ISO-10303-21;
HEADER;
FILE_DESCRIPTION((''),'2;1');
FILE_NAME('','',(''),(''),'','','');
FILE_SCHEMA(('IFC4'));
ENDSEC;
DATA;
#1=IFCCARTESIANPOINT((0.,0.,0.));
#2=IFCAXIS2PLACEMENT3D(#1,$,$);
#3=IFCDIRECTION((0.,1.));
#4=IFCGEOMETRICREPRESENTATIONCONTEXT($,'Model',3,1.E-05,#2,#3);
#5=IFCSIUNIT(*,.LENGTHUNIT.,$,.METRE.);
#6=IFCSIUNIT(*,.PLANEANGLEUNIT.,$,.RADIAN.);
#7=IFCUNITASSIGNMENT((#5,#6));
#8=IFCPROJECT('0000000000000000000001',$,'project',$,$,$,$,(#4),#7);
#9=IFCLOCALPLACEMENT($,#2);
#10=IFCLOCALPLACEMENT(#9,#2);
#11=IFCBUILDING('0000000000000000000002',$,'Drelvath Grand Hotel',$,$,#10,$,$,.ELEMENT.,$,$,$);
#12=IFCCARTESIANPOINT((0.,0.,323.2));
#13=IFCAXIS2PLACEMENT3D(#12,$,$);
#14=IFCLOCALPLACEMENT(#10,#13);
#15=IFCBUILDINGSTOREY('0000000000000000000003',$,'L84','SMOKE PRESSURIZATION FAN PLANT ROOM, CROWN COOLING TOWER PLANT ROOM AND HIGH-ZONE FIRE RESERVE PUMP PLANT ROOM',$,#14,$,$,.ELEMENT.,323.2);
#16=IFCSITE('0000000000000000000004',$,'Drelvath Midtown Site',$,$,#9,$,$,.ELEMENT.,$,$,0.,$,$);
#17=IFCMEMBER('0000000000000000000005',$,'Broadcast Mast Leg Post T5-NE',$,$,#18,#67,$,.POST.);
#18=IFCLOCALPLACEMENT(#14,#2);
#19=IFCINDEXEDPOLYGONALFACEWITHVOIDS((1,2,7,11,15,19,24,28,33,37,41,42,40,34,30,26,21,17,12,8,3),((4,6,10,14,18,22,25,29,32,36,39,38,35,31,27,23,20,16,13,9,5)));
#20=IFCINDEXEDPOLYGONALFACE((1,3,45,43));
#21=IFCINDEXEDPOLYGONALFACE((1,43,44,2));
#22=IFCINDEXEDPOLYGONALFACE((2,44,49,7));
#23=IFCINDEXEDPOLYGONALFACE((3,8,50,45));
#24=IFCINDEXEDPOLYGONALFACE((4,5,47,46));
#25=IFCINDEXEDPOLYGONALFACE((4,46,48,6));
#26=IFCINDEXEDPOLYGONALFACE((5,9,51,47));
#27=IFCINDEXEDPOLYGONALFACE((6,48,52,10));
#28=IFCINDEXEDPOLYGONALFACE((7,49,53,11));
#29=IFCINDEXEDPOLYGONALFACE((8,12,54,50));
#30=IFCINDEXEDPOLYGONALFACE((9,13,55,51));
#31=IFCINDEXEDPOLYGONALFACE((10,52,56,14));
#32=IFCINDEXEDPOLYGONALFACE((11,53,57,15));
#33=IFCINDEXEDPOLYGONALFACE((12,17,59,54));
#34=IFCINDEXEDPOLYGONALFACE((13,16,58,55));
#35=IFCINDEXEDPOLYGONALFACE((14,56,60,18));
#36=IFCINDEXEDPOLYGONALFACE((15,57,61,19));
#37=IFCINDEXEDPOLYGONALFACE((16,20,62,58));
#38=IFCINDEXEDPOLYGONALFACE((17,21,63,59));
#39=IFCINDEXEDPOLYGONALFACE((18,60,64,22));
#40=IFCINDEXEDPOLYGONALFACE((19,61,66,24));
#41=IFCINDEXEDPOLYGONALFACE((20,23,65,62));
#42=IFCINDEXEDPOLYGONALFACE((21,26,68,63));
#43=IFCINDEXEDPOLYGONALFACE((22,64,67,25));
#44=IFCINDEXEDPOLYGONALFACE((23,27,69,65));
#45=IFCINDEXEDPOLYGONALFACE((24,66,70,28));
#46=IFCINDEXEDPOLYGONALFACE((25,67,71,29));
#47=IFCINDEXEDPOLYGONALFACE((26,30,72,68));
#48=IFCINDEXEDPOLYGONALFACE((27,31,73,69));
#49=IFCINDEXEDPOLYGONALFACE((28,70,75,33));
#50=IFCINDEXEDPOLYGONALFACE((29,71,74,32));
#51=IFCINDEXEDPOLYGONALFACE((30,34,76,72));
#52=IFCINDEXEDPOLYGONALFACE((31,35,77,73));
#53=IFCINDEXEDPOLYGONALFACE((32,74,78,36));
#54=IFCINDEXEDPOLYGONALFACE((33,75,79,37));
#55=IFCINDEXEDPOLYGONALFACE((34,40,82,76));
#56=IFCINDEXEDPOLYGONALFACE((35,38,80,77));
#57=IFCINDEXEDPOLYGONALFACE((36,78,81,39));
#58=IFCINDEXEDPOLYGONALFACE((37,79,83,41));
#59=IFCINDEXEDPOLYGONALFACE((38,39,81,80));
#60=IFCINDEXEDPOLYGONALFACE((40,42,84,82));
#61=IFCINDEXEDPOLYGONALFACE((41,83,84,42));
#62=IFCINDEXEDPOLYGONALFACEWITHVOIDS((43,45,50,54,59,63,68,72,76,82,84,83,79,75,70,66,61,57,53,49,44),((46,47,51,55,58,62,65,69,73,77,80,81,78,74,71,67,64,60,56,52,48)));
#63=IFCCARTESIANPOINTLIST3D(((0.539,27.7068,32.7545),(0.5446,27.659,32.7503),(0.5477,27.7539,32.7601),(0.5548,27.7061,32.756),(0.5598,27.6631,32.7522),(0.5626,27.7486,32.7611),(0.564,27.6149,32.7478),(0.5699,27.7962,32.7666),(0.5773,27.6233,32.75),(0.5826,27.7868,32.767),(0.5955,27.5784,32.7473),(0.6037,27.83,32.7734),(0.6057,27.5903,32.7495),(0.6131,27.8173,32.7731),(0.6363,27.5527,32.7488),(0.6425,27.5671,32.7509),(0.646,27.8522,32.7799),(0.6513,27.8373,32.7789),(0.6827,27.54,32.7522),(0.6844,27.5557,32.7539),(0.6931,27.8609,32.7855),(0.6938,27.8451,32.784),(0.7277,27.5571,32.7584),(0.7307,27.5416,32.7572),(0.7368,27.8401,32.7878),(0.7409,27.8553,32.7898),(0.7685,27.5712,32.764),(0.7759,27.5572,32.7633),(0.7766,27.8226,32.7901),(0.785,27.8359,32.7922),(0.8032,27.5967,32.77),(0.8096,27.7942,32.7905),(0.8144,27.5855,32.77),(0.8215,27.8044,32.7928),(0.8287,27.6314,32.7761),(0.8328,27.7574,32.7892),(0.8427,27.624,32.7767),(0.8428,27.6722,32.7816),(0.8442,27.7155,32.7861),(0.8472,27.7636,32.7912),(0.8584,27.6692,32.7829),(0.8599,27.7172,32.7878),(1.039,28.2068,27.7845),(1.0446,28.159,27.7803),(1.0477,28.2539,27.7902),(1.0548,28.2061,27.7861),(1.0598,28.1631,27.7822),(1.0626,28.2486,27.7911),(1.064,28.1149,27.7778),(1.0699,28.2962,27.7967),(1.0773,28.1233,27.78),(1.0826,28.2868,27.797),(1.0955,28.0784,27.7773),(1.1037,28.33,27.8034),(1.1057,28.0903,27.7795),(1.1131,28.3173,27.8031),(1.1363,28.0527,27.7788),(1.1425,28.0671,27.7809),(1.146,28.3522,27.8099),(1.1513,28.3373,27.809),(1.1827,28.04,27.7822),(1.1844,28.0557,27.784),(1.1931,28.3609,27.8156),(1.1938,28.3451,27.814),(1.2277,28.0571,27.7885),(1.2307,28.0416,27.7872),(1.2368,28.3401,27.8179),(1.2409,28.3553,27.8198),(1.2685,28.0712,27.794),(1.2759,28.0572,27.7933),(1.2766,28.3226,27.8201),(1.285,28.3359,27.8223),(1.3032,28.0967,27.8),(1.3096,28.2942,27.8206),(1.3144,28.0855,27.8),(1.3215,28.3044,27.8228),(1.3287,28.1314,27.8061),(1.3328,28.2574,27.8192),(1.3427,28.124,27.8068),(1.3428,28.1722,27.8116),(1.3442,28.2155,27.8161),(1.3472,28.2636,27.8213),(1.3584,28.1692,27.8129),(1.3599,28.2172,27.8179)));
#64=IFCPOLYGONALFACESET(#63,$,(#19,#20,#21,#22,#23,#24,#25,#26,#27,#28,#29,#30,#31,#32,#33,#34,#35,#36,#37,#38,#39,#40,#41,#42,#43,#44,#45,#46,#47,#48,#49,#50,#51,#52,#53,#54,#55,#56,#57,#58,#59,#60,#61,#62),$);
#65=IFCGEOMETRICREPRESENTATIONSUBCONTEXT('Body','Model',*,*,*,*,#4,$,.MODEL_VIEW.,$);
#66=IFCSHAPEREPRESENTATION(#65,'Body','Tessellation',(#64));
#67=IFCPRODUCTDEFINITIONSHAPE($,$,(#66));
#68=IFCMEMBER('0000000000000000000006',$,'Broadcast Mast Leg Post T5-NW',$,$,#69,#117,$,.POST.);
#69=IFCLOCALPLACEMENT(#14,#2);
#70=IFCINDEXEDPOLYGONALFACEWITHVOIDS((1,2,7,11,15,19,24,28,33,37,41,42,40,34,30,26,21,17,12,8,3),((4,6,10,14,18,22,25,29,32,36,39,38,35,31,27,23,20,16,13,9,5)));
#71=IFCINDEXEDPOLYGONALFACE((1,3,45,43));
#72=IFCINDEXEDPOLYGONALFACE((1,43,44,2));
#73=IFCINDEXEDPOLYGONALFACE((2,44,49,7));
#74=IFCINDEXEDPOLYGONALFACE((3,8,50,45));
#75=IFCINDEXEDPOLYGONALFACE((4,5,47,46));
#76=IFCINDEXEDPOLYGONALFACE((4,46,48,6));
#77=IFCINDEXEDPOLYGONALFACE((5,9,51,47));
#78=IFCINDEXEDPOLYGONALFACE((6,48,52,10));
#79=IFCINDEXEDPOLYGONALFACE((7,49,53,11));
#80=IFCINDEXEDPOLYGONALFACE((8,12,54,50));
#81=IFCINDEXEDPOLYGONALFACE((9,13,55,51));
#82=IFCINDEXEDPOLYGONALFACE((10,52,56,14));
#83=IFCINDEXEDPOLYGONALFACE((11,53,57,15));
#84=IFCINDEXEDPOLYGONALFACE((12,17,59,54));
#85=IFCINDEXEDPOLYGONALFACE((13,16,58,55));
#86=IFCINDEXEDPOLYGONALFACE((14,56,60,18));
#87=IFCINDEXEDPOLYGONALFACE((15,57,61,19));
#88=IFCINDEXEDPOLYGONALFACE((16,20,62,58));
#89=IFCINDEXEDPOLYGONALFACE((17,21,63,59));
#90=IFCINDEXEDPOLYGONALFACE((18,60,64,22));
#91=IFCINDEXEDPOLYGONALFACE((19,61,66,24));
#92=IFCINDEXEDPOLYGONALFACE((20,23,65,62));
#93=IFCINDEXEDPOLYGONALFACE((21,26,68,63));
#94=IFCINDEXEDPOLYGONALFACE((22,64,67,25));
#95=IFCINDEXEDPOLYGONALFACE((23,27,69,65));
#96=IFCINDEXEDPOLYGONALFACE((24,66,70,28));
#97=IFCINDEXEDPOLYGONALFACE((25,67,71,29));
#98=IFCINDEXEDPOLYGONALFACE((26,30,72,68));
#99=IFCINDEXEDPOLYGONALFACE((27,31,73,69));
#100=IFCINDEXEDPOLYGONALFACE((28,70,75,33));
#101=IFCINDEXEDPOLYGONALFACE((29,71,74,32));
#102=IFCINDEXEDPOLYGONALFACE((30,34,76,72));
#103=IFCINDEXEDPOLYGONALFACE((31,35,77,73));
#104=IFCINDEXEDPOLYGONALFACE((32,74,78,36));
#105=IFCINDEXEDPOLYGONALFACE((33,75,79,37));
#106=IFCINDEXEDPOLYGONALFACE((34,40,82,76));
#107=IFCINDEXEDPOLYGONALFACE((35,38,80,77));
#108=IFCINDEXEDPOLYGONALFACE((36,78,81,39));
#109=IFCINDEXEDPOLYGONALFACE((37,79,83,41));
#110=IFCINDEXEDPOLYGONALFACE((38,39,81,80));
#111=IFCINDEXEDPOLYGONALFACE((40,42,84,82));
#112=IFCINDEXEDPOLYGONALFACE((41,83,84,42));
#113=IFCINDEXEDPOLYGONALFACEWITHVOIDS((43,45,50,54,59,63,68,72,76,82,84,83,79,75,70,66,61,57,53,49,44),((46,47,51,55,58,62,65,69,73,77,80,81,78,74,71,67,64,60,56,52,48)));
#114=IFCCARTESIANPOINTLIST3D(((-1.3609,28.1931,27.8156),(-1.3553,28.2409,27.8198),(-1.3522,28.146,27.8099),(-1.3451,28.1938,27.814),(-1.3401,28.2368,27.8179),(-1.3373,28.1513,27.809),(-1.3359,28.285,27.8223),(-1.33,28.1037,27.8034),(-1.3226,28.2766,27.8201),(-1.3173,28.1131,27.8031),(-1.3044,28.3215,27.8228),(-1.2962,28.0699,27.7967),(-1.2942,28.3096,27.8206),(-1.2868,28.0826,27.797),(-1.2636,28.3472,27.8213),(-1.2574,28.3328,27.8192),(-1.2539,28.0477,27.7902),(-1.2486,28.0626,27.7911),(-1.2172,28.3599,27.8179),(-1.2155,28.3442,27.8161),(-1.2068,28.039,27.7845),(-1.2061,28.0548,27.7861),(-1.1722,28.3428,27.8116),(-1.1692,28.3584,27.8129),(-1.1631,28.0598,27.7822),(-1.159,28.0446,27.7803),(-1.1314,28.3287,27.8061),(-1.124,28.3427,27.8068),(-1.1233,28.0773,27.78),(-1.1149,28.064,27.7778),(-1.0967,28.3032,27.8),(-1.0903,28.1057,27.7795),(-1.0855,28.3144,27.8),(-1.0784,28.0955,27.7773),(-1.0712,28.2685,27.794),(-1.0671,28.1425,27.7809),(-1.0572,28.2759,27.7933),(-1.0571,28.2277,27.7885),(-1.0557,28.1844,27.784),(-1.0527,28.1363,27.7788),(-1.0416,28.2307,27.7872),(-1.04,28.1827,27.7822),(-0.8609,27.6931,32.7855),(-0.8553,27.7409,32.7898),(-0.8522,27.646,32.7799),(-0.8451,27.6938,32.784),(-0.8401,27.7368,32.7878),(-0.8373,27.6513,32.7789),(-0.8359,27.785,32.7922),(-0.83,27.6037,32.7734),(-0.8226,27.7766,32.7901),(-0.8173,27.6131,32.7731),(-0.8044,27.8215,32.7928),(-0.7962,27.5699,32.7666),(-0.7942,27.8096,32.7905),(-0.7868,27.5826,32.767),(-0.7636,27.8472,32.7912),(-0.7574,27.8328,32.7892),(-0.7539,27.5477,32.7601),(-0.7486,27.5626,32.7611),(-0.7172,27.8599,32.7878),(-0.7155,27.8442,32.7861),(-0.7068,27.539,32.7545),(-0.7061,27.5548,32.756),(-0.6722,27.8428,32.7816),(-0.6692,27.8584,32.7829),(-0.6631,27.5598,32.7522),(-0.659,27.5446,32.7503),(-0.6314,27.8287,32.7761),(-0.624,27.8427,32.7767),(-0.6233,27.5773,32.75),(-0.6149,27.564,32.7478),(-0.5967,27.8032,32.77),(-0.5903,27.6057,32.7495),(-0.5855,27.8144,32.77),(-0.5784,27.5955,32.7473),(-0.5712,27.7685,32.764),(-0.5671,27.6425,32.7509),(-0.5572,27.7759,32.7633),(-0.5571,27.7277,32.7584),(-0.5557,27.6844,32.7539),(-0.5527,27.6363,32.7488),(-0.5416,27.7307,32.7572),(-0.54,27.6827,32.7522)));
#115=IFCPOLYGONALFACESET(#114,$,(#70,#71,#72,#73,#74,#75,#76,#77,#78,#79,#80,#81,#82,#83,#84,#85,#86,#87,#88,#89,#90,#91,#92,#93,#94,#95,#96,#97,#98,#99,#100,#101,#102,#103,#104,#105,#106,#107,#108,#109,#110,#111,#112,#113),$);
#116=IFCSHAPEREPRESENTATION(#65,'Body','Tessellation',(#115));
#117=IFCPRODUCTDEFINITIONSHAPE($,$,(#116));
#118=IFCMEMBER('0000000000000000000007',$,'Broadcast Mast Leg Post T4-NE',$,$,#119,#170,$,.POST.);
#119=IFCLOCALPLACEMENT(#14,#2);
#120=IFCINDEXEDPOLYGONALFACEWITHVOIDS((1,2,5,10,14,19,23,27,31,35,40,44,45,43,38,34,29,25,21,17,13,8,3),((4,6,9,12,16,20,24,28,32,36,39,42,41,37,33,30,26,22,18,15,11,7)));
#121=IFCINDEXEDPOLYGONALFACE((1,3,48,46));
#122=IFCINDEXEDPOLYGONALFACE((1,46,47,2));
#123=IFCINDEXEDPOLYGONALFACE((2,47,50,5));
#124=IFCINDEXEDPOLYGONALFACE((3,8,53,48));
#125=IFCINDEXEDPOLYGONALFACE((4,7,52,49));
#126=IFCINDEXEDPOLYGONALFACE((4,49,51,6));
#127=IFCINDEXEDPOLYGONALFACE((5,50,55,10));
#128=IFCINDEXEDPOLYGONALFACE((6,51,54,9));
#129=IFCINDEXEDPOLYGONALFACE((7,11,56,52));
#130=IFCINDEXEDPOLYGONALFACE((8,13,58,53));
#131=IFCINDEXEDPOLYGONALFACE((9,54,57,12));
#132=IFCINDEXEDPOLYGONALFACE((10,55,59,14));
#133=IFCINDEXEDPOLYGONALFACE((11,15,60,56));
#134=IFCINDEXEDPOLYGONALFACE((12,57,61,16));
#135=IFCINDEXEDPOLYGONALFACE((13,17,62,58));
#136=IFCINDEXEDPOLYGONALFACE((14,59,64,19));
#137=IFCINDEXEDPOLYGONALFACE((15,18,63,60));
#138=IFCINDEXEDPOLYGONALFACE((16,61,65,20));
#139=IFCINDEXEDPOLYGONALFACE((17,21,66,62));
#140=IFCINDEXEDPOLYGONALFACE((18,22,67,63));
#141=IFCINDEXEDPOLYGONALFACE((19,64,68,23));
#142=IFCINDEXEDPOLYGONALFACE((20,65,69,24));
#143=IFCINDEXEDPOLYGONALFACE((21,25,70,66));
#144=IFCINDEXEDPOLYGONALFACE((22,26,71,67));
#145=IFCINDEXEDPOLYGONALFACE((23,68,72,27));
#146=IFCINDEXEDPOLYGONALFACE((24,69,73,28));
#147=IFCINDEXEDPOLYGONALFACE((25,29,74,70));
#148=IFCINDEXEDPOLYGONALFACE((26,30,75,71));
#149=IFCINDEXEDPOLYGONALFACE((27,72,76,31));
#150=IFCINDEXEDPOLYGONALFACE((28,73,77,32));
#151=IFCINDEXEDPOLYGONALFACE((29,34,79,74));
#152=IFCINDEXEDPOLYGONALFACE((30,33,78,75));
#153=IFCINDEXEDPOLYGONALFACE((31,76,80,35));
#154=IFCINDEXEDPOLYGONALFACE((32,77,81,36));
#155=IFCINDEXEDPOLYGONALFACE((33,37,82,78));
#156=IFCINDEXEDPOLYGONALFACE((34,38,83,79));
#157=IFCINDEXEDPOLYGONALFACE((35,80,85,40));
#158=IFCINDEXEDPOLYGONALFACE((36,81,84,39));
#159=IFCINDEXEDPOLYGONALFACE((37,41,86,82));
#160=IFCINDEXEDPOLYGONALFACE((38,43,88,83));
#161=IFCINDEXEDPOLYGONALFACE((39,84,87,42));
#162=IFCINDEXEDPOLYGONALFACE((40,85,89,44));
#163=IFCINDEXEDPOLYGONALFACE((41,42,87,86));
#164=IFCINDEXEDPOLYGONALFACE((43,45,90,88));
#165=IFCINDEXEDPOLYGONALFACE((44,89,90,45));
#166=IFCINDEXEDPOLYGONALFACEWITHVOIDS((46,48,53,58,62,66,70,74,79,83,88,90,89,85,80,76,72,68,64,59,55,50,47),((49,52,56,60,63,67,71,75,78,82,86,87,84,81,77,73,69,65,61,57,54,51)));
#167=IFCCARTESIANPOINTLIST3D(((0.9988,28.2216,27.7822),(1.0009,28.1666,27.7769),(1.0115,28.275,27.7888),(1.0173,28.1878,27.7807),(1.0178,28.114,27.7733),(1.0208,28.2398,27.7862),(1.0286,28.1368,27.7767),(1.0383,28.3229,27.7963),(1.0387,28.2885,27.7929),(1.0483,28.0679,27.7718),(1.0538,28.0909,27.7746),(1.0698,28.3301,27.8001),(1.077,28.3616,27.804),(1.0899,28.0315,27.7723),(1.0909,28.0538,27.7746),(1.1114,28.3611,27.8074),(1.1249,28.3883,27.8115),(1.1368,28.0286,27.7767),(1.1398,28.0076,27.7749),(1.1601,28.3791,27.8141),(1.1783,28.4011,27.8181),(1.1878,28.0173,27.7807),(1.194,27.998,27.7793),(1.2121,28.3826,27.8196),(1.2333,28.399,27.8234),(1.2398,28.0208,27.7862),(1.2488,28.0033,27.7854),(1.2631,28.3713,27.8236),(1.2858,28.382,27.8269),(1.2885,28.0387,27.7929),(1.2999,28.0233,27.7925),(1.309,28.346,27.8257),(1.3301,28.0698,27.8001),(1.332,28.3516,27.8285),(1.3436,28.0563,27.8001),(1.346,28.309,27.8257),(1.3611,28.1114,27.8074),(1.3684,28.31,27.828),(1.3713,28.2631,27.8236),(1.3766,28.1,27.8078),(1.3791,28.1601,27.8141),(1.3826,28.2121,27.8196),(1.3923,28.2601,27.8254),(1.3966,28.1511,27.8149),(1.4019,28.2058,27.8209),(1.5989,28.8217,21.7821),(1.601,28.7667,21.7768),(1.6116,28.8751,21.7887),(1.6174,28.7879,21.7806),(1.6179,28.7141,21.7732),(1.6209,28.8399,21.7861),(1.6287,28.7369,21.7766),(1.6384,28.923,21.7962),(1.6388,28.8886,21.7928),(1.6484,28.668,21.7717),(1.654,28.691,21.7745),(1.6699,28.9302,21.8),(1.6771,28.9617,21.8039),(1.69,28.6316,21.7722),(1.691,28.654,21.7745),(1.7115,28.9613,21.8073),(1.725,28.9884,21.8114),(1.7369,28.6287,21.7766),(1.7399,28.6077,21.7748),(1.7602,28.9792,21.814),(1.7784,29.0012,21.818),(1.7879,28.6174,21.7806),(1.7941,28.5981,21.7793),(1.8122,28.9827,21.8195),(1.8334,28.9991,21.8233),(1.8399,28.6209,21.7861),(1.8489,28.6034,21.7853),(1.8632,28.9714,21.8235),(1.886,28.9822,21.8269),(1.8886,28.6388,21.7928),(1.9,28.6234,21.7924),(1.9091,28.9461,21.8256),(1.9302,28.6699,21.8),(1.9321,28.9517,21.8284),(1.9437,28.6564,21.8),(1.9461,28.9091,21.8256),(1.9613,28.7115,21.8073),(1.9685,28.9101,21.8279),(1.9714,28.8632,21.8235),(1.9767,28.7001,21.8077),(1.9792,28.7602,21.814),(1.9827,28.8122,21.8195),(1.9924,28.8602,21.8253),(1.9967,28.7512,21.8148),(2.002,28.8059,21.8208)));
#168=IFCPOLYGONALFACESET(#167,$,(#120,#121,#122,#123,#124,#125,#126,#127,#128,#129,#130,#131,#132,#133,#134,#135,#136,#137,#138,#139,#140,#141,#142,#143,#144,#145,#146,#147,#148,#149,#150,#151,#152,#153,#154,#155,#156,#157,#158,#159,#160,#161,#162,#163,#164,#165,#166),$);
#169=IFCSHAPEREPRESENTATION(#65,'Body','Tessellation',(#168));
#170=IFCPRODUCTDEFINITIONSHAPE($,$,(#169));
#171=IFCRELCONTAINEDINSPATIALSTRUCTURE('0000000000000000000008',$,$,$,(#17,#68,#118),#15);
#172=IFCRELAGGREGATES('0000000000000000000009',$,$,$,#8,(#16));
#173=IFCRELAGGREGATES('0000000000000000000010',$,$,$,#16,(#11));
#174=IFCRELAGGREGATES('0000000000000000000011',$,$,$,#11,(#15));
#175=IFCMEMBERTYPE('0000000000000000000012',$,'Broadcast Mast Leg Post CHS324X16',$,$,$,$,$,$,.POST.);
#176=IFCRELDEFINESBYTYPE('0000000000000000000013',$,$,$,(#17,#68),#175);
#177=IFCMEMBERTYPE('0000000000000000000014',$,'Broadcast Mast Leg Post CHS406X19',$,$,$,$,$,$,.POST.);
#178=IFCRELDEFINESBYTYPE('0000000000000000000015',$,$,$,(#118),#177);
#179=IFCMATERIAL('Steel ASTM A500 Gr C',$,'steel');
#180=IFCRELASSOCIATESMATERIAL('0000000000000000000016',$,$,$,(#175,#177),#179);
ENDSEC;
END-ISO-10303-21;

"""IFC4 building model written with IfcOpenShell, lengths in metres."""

from ifc_helpers import new_model, si_unit, direction, frame, origin, origin_2d, place, context, subcontext, project, spatial, hollow_circle, extrude, material, material_profile, profile_set, type_object, element, save


model = new_model("IFC4")

# Units and contexts
model_context = context("Model", 3, precision=1e-05, world=origin(), true_north=direction((0.0, 1.0)))
body_context = subcontext(model_context, "Body", "Model", "MODEL_VIEW")
ifc_project = project(units=[si_unit("LENGTHUNIT", "METRE"), si_unit("PLANEANGLEUNIT", "RADIAN")], contexts=[model_context])

# Site, building, storey
site_placement = place(None, origin())
site = spatial("IfcSite", under=ifc_project, at=site_placement, Name="Drelvath Midtown Site", CompositionType="ELEMENT", RefElevation=0.0)
building_placement = place(site_placement, origin())
building = spatial("IfcBuilding", under=site, at=building_placement, Name="Drelvath Grand Hotel", CompositionType="ELEMENT")
storey_placement = place(building_placement, frame((0.0, 0.0, 323.2)))
storey = spatial("IfcBuildingStorey", under=building, at=storey_placement, Name="L84", Description="SMOKE PRESSURIZATION FAN PLANT ROOM, CROWN COOLING TOWER PLANT ROOM AND HIGH-ZONE FIRE RESERVE PUMP PLANT ROOM", CompositionType="ELEMENT", Elevation=323.2)

# Members
ifc_material_1 = material(Name="Steel ASTM A500 Gr C", Category="steel")
ifc_material_profile_1 = material_profile(ifc_material_1, hollow_circle(Radius=0.1619, WallThickness=0.0159, at=origin_2d()), Name="CHS324X16")
ifc_profile_set_1 = profile_set([ifc_material_profile_1], Name="Steel ASTM A500 Gr C")
member_type_1 = type_object("IfcMemberType", Name="Broadcast Mast Leg Post CHS324X16", PredefinedType="POST", material=ifc_profile_set_1)
for number, where, z_axis, x_axis, name in (
    (1, (1.2, 28.2, 27.8), (-0.099601, -0.099601, 0.99003), (0.707107, -0.707107, 0.0), "Broadcast Mast Leg Post T5-NE"),
    (2, (-1.2, 28.2, 27.8), (0.099601, -0.099601, 0.99003), (0.707107, 0.707107, 0.0), "Broadcast Mast Leg Post T5-NW"),
):
    element("IfcMember", number, at=place(storey_placement, frame(where, z_axis=z_axis, x_axis=x_axis)), inside=storey, type_object=member_type_1, Name=name, PredefinedType="POST", context=body_context, shape_type="SweptSolid", body=[
        extrude(hollow_circle(Radius=0.1619, WallThickness=0.0159, at=origin_2d()), origin(), (0.0, 0.0, 1.0), 5.02),
    ])
ifc_material_profile_2 = material_profile(ifc_material_1, hollow_circle(Radius=0.2031, WallThickness=0.019, at=origin_2d()), Name="CHS406X19")
ifc_profile_set_2 = profile_set([ifc_material_profile_2], Name="Steel ASTM A500 Gr C")
member_type_2 = type_object("IfcMemberType", Name="Broadcast Mast Leg Post CHS406X19", PredefinedType="POST", material=ifc_profile_set_2)
for number, where, z_axis, x_axis, name in (
    (3, (1.8, 28.8, 21.8), (-0.099031, -0.099031, 0.990144), (0.707107, -0.707107, 0.0), "Broadcast Mast Leg Post T4-NE"),
):
    element("IfcMember", number, at=place(storey_placement, frame(where, z_axis=z_axis, x_axis=x_axis)), inside=storey, type_object=member_type_2, Name=name, PredefinedType="POST", context=body_context, shape_type="SweptSolid", body=[
        extrude(hollow_circle(Radius=0.2031, WallThickness=0.019, at=origin_2d()), origin(), (0.0, 0.0, 1.0), 6.0598),
    ])

save(model, "model.ifc")
